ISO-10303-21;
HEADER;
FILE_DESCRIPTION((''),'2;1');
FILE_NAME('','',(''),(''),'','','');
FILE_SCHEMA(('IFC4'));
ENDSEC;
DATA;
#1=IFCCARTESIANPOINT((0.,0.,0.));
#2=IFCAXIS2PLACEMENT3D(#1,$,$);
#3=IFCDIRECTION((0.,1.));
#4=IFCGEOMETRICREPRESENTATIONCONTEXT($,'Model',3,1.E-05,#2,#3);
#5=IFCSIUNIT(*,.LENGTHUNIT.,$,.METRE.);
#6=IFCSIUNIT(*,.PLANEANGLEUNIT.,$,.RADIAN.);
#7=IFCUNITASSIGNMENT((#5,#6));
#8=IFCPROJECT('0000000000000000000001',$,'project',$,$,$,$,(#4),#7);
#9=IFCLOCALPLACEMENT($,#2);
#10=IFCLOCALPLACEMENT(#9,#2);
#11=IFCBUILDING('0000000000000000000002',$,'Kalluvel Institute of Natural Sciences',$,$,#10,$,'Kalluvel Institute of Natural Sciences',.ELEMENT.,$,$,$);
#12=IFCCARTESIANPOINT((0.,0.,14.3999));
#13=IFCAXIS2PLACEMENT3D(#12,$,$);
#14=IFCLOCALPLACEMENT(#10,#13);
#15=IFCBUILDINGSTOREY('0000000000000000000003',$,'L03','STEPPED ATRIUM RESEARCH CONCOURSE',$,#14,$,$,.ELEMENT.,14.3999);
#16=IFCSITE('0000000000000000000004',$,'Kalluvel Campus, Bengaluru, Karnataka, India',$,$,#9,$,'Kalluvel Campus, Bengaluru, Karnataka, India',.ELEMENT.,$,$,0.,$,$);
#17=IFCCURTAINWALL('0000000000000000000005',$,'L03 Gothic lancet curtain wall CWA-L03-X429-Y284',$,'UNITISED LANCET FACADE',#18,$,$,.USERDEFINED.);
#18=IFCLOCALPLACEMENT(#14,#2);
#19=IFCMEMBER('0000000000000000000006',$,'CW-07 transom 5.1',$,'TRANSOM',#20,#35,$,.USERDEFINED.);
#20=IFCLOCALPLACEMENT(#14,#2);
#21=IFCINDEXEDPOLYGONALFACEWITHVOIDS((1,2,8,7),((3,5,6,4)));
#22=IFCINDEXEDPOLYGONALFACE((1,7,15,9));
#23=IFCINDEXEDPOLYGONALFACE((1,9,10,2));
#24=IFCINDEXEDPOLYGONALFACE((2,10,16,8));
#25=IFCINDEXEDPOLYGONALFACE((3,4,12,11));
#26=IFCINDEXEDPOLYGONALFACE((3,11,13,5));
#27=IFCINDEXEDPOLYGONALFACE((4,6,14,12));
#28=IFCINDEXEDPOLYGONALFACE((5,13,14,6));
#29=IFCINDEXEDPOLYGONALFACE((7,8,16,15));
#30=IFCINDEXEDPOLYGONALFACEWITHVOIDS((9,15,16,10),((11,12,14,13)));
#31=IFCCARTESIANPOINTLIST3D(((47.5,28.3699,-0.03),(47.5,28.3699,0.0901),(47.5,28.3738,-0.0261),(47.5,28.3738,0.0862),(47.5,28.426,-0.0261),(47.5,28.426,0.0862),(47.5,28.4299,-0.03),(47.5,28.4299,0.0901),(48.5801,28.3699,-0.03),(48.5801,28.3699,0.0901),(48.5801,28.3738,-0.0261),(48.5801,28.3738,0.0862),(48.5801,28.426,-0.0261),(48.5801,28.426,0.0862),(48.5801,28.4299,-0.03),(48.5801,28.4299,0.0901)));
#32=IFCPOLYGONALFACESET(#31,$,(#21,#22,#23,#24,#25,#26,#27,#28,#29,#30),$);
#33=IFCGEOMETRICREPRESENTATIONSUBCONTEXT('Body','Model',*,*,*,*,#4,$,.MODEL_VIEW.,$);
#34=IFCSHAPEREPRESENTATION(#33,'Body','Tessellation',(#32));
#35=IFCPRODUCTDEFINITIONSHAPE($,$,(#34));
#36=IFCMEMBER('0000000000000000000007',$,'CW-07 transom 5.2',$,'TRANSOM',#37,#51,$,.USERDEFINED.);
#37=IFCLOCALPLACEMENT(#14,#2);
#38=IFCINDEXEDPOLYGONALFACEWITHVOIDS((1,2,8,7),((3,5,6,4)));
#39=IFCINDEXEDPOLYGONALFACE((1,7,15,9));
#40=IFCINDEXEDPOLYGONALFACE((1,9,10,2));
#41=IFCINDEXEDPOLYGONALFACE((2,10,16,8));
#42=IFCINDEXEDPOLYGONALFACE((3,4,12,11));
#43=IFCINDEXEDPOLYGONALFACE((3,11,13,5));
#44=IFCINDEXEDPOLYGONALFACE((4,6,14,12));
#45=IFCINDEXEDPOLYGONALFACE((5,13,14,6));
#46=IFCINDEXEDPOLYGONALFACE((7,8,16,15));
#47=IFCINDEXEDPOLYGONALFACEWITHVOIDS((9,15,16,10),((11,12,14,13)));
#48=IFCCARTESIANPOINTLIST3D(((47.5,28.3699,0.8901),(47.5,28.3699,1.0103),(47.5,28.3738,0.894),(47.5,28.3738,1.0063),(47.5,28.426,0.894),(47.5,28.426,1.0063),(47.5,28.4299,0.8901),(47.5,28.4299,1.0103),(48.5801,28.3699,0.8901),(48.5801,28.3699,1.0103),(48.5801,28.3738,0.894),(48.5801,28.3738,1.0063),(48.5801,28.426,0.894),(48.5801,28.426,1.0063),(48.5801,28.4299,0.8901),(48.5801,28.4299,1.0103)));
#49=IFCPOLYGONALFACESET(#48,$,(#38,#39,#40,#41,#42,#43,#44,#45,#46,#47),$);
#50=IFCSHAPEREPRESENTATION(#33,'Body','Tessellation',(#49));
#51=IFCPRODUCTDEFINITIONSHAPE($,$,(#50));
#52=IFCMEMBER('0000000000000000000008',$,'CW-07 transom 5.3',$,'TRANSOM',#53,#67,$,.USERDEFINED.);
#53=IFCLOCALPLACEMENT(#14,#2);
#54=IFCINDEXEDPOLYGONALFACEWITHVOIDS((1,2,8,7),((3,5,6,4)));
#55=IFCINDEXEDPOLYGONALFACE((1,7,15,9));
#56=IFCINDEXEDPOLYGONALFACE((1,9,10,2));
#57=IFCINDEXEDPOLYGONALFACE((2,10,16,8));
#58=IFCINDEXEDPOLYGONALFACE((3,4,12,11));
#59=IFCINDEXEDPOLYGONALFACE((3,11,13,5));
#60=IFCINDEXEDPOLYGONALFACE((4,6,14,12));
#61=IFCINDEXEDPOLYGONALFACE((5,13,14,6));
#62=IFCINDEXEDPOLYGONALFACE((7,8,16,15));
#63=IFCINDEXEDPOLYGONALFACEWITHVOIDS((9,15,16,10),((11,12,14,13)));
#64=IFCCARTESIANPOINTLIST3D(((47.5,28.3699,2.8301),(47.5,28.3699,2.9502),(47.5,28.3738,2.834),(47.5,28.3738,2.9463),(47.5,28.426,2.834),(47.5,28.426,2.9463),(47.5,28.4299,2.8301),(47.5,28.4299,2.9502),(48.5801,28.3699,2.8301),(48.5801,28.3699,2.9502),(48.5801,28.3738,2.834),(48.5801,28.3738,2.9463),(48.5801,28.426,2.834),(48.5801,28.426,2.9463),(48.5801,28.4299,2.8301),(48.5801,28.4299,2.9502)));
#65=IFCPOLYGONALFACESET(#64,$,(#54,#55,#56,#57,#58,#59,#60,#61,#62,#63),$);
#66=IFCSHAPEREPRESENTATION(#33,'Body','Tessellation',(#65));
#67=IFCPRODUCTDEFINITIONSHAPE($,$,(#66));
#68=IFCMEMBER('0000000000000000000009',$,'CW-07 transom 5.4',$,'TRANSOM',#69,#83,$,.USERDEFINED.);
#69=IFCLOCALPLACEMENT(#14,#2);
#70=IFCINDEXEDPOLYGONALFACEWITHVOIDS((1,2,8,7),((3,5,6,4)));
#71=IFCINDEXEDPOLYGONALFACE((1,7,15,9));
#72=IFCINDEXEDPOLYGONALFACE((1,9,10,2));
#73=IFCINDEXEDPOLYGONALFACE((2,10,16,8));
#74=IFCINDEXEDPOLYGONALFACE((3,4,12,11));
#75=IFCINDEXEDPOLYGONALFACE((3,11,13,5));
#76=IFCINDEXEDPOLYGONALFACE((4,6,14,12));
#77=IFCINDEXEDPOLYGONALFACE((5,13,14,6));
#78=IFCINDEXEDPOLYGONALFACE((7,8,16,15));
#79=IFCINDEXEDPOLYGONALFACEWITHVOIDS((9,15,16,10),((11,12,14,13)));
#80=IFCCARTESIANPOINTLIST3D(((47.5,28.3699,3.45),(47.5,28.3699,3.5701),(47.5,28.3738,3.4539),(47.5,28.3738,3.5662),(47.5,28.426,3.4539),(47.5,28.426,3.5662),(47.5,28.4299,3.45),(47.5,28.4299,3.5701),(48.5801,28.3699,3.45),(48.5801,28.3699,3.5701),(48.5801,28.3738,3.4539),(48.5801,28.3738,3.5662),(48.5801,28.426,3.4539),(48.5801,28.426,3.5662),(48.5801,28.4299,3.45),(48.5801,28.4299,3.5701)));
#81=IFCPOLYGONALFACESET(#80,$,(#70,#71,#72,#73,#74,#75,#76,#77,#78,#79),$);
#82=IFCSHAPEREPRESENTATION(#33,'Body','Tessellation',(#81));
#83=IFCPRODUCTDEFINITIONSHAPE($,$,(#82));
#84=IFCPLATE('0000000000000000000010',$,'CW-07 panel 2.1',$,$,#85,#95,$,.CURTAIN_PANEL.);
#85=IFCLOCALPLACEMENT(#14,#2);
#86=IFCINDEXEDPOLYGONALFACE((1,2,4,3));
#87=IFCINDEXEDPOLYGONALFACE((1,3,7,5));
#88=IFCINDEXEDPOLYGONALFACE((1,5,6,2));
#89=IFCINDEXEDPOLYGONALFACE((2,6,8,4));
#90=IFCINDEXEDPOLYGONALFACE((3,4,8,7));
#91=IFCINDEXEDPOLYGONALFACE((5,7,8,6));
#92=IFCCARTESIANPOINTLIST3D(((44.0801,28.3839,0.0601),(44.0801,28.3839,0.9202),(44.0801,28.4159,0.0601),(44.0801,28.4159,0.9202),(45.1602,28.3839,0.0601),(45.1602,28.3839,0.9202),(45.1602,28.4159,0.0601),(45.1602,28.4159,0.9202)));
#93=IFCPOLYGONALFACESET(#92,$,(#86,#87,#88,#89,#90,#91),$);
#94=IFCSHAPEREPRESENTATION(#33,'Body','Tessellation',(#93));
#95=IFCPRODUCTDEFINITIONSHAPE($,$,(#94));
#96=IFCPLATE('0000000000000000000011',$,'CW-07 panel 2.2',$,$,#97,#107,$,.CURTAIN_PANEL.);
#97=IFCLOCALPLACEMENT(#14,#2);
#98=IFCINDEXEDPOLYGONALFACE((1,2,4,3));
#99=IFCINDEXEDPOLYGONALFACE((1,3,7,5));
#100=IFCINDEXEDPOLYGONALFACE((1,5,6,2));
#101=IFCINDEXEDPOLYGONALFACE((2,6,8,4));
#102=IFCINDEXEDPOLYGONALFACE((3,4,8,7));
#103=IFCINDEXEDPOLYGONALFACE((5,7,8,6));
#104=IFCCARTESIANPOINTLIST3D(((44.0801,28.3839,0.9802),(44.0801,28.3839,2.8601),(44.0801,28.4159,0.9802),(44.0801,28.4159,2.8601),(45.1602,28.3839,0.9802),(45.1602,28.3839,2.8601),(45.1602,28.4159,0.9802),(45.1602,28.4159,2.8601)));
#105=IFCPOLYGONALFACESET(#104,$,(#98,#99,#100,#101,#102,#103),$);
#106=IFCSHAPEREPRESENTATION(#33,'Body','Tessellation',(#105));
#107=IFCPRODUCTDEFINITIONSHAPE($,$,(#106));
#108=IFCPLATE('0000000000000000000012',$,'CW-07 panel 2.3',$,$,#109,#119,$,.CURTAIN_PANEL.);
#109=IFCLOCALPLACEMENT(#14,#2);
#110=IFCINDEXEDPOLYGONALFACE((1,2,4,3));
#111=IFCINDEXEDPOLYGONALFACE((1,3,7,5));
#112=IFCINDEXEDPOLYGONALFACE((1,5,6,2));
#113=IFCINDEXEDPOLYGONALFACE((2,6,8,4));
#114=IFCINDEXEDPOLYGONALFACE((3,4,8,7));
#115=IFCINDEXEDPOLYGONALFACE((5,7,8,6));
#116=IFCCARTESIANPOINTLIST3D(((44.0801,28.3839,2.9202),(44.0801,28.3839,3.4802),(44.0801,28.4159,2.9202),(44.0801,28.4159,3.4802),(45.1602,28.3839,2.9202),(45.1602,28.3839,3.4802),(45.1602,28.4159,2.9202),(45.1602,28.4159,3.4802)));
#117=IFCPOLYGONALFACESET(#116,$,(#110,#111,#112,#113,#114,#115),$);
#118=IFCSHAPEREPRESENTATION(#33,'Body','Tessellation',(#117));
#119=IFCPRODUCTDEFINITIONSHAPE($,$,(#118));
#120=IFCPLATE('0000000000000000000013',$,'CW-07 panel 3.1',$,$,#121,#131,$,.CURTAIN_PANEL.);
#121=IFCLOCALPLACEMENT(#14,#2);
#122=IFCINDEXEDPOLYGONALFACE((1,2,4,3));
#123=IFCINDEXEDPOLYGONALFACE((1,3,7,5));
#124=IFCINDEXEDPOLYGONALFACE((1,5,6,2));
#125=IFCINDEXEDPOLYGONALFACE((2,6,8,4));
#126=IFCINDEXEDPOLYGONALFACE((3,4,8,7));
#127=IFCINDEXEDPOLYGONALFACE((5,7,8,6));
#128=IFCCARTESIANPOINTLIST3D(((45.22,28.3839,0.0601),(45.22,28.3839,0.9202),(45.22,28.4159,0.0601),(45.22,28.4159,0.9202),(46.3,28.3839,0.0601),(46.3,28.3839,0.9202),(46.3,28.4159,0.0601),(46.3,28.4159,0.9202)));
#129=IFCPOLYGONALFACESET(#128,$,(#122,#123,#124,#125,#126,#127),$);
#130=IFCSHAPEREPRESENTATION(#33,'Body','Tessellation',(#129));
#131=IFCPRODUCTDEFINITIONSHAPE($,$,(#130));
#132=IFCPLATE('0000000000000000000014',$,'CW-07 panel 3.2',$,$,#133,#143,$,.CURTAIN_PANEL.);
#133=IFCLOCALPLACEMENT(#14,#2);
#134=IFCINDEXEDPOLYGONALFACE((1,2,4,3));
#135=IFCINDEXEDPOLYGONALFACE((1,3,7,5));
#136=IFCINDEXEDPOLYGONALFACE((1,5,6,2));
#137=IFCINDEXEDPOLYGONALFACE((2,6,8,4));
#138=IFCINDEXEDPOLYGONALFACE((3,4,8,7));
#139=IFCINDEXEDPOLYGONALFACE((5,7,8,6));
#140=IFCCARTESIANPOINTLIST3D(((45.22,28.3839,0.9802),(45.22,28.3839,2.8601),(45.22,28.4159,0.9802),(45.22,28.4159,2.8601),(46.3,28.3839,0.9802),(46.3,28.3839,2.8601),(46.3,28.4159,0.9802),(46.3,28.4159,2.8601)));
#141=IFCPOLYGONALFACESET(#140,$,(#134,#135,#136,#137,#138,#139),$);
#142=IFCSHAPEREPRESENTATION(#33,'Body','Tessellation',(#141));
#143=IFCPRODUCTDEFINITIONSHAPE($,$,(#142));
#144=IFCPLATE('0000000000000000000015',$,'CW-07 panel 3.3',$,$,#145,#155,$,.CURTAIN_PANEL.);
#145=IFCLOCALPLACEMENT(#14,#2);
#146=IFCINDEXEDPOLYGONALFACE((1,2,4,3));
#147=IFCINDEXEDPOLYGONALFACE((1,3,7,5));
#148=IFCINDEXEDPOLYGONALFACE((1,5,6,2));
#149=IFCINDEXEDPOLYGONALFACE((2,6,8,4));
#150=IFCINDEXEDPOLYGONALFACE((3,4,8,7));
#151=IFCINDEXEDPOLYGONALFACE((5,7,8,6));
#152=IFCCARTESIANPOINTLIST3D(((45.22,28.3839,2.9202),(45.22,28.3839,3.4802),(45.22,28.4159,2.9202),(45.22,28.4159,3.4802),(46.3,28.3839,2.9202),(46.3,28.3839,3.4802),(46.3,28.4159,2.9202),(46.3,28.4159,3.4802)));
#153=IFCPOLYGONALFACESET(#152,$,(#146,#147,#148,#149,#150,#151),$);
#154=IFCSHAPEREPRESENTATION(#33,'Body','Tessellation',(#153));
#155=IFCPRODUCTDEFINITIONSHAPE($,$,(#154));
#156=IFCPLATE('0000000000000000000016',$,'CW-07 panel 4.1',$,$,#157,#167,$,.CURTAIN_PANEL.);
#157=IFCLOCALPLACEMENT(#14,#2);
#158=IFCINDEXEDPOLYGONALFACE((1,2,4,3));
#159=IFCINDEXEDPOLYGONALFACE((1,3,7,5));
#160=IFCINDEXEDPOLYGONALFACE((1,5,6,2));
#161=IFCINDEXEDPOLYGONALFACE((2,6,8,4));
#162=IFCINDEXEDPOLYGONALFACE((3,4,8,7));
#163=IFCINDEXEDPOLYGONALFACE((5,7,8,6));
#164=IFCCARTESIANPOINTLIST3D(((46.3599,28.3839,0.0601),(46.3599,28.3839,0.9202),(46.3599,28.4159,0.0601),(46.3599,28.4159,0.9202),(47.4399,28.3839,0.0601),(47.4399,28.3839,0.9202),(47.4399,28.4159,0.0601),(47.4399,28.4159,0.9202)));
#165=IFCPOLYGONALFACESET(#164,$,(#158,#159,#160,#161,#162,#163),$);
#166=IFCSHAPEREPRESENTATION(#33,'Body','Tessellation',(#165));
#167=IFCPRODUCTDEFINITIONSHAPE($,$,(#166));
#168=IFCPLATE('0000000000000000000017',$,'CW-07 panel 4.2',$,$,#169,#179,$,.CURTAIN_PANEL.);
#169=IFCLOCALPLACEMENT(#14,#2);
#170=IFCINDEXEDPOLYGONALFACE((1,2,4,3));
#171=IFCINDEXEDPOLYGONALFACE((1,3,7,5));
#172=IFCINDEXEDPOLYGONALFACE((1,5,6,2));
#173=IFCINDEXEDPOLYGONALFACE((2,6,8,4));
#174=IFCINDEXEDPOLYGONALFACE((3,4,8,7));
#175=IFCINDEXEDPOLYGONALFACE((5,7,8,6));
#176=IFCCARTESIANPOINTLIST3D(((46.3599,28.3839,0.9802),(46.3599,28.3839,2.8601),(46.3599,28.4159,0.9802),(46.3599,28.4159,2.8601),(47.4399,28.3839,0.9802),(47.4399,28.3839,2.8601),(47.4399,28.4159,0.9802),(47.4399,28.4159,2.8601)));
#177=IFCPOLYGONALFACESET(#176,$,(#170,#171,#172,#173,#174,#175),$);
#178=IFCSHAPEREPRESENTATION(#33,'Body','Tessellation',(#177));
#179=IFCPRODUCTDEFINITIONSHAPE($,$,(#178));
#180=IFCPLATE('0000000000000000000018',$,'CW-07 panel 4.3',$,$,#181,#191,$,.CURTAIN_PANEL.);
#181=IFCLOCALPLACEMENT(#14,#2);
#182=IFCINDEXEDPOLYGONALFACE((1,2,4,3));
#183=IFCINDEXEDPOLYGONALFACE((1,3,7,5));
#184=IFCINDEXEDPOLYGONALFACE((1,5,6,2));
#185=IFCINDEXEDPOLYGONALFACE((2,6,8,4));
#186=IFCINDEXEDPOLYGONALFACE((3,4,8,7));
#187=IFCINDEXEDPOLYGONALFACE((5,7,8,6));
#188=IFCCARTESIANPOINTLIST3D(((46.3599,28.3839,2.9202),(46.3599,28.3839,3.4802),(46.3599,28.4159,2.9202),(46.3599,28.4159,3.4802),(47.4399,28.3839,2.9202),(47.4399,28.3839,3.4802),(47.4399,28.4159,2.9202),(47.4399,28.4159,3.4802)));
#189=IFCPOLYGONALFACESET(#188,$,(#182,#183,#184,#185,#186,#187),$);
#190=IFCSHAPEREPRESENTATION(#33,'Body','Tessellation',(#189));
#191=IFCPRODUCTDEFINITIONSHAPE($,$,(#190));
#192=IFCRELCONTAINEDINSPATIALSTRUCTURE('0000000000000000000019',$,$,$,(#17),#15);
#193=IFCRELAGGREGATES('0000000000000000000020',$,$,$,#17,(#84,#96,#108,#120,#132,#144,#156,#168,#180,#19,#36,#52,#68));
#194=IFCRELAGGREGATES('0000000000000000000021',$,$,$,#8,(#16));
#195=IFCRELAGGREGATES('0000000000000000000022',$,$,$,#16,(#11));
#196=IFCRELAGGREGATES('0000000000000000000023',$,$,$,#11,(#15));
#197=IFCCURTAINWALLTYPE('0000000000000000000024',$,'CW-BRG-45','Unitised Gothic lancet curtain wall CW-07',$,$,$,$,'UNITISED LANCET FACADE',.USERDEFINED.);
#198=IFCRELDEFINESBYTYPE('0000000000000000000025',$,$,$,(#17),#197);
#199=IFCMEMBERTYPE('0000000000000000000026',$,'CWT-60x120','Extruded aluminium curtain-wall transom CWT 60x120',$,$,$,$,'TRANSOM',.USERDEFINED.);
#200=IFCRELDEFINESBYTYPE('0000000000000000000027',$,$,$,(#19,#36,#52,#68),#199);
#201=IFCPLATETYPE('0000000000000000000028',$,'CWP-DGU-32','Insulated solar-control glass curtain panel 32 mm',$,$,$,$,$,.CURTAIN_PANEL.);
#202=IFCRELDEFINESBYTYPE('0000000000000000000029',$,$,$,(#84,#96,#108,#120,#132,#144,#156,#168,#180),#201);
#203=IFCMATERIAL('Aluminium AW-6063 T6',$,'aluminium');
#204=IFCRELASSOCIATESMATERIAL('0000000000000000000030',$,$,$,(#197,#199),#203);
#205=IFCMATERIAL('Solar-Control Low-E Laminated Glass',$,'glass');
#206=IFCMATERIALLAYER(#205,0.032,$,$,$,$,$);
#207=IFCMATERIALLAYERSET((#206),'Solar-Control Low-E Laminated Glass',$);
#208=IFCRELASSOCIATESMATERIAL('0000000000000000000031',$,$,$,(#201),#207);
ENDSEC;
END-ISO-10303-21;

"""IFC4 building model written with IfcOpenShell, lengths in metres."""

from ifc_helpers import new_model, si_unit, direction, frame, origin, origin_2d, place, context, subcontext, project, spatial, rectangle, hollow_rectangle, extrude, material, layer, layer_set, material_profile, profile_set, type_object, element, aggregate, save


model = new_model("IFC4")

# Units and contexts
model_context = context("Model", 3, precision=1e-05, world=origin(), true_north=direction((0.0, 1.0)))
body_context = subcontext(model_context, "Body", "Model", "MODEL_VIEW")
ifc_project = project(units=[si_unit("LENGTHUNIT", "METRE"), si_unit("PLANEANGLEUNIT", "RADIAN")], contexts=[model_context])

# Site, building, storey
site_placement = place(None, origin())
site = spatial("IfcSite", under=ifc_project, at=site_placement, Name="Kalluvel Campus, Bengaluru, Karnataka, India", LongName="Kalluvel Campus, Bengaluru, Karnataka, India", CompositionType="ELEMENT", RefElevation=0.0)
building_placement = place(site_placement, origin())
building = spatial("IfcBuilding", under=site, at=building_placement, Name="Kalluvel Institute of Natural Sciences", LongName="Kalluvel Institute of Natural Sciences", CompositionType="ELEMENT")
storey_placement = place(building_placement, frame((0.0, 0.0, 14.3999)))
storey = spatial("IfcBuildingStorey", under=building, at=storey_placement, Name="L03", Description="STEPPED ATRIUM RESEARCH CONCOURSE", CompositionType="ELEMENT", Elevation=14.3999)

# Curtain wall, members, plates
ifc_material_1 = material(Name="Aluminium AW-6063 T6", Category="aluminium")
curtain_wall_type = type_object("IfcCurtainWallType", Name="CW-BRG-45", Description="Unitised Gothic lancet curtain wall CW-07", ElementType="UNITISED LANCET FACADE", PredefinedType="USERDEFINED", material=ifc_material_1)
curtain_wall_placement = place(storey_placement, origin())
curtain_wall = element("IfcCurtainWall", 1, at=curtain_wall_placement, inside=storey, type_object=curtain_wall_type, Name="L03 Gothic lancet curtain wall CWA-L03-X429-Y284", ObjectType="UNITISED LANCET FACADE", PredefinedType="USERDEFINED")
ifc_material_profile_1 = material_profile(ifc_material_1, hollow_rectangle(XDim=0.0601, YDim=0.1201, WallThickness=0.0039, at=origin_2d()), Name="CWT 60x120")
ifc_profile_set_1 = profile_set([ifc_material_profile_1], Name="Aluminium AW-6063 T6")
member_type_1 = type_object("IfcMemberType", Name="CWT-60x120", Description="Extruded aluminium curtain-wall transom CWT 60x120", ElementType="TRANSOM", PredefinedType="USERDEFINED", material=ifc_profile_set_1)
member_1_placement = place(storey_placement, frame((47.5, 28.3999, 0.03), z_axis=(1.0, 0.0, 0.0), x_axis=(0.0, 1.0, 0.0)))
member_1 = element("IfcMember", 2, at=member_1_placement, type_object=member_type_1, Name="CW-07 transom 5.1", ObjectType="TRANSOM", PredefinedType="USERDEFINED", context=body_context, shape_type="SweptSolid", body=[
    extrude(hollow_rectangle(XDim=0.0601, YDim=0.1201, WallThickness=0.0039, at=origin_2d()), origin(), (0.0, 0.0, 1.0), 1.0801),
])
member_2_placement = place(storey_placement, frame((47.5, 28.3999, 0.9502), z_axis=(1.0, 0.0, 0.0), x_axis=(0.0, 1.0, 0.0)))
member_2 = element("IfcMember", 3, at=member_2_placement, type_object=member_type_1, Name="CW-07 transom 5.2", ObjectType="TRANSOM", PredefinedType="USERDEFINED", context=body_context, shape_type="SweptSolid", body=[
    extrude(hollow_rectangle(XDim=0.0601, YDim=0.1201, WallThickness=0.0039, at=origin_2d()), origin(), (0.0, 0.0, 1.0), 1.0801),
])
member_3_placement = place(storey_placement, frame((47.5, 28.3999, 2.8901), z_axis=(1.0, 0.0, 0.0), x_axis=(0.0, 1.0, 0.0)))
member_3 = element("IfcMember", 4, at=member_3_placement, type_object=member_type_1, Name="CW-07 transom 5.3", ObjectType="TRANSOM", PredefinedType="USERDEFINED", context=body_context, shape_type="SweptSolid", body=[
    extrude(hollow_rectangle(XDim=0.0601, YDim=0.1201, WallThickness=0.0039, at=origin_2d()), origin(), (0.0, 0.0, 1.0), 1.0801),
])
member_4_placement = place(storey_placement, frame((47.5, 28.3999, 3.51), z_axis=(1.0, 0.0, 0.0), x_axis=(0.0, 1.0, 0.0)))
member_4 = element("IfcMember", 5, at=member_4_placement, type_object=member_type_1, Name="CW-07 transom 5.4", ObjectType="TRANSOM", PredefinedType="USERDEFINED", context=body_context, shape_type="SweptSolid", body=[
    extrude(hollow_rectangle(XDim=0.0601, YDim=0.1201, WallThickness=0.0039, at=origin_2d()), origin(), (0.0, 0.0, 1.0), 1.0801),
])
ifc_material_2 = material(Name="Solar-Control Low-E Laminated Glass", Category="glass")
ifc_layer = layer(ifc_material_2, 0.032)
ifc_layer_set = layer_set([ifc_layer], Name="Solar-Control Low-E Laminated Glass")
plate_type = type_object("IfcPlateType", Name="CWP-DGU-32", Description="Insulated solar-control glass curtain panel 32 mm", PredefinedType="CURTAIN_PANEL", material=ifc_layer_set)
plate_1_placement = place(storey_placement, frame((44.6201, 28.3999, 0.0601), z_axis=(0.0, 0.0, 1.0), x_axis=(1.0, 0.0, 0.0)))
plate_1 = element("IfcPlate", 6, at=plate_1_placement, type_object=plate_type, Name="CW-07 panel 2.1", PredefinedType="CURTAIN_PANEL", context=body_context, shape_type="SweptSolid", body=[
    extrude(rectangle(XDim=1.0801, YDim=0.032, at=origin_2d()), origin(), (0.0, 0.0, 1.0), 0.8601),
])
plate_2_placement = place(storey_placement, frame((44.6201, 28.3999, 0.9802), z_axis=(0.0, 0.0, 1.0), x_axis=(1.0, 0.0, 0.0)))
plate_2 = element("IfcPlate", 7, at=plate_2_placement, type_object=plate_type, Name="CW-07 panel 2.2", PredefinedType="CURTAIN_PANEL", context=body_context, shape_type="SweptSolid", body=[
    extrude(rectangle(XDim=1.0801, YDim=0.032, at=origin_2d()), origin(), (0.0, 0.0, 1.0), 1.8799),
])
plate_3_placement = place(storey_placement, frame((44.6201, 28.3999, 2.9202), z_axis=(0.0, 0.0, 1.0), x_axis=(1.0, 0.0, 0.0)))
plate_3 = element("IfcPlate", 8, at=plate_3_placement, type_object=plate_type, Name="CW-07 panel 2.3", PredefinedType="CURTAIN_PANEL", context=body_context, shape_type="SweptSolid", body=[
    extrude(rectangle(XDim=1.0801, YDim=0.032, at=origin_2d()), origin(), (0.0, 0.0, 1.0), 0.5601),
])
plate_4_placement = place(storey_placement, frame((45.76, 28.3999, 0.0601), z_axis=(0.0, 0.0, 1.0), x_axis=(1.0, 0.0, 0.0)))
plate_4 = element("IfcPlate", 9, at=plate_4_placement, type_object=plate_type, Name="CW-07 panel 3.1", PredefinedType="CURTAIN_PANEL", context=body_context, shape_type="SweptSolid", body=[
    extrude(rectangle(XDim=1.0801, YDim=0.032, at=origin_2d()), origin(), (0.0, 0.0, 1.0), 0.8601),
])
plate_5_placement = place(storey_placement, frame((45.76, 28.3999, 0.9802), z_axis=(0.0, 0.0, 1.0), x_axis=(1.0, 0.0, 0.0)))
plate_5 = element("IfcPlate", 10, at=plate_5_placement, type_object=plate_type, Name="CW-07 panel 3.2", PredefinedType="CURTAIN_PANEL", context=body_context, shape_type="SweptSolid", body=[
    extrude(rectangle(XDim=1.0801, YDim=0.032, at=origin_2d()), origin(), (0.0, 0.0, 1.0), 1.8799),
])
plate_6_placement = place(storey_placement, frame((45.76, 28.3999, 2.9202), z_axis=(0.0, 0.0, 1.0), x_axis=(1.0, 0.0, 0.0)))
plate_6 = element("IfcPlate", 11, at=plate_6_placement, type_object=plate_type, Name="CW-07 panel 3.3", PredefinedType="CURTAIN_PANEL", context=body_context, shape_type="SweptSolid", body=[
    extrude(rectangle(XDim=1.0801, YDim=0.032, at=origin_2d()), origin(), (0.0, 0.0, 1.0), 0.5601),
])
plate_7_placement = place(storey_placement, frame((46.8999, 28.3999, 0.0601), z_axis=(0.0, 0.0, 1.0), x_axis=(1.0, 0.0, 0.0)))
plate_7 = element("IfcPlate", 12, at=plate_7_placement, type_object=plate_type, Name="CW-07 panel 4.1", PredefinedType="CURTAIN_PANEL", context=body_context, shape_type="SweptSolid", body=[
    extrude(rectangle(XDim=1.0801, YDim=0.032, at=origin_2d()), origin(), (0.0, 0.0, 1.0), 0.8601),
])
plate_8_placement = place(storey_placement, frame((46.8999, 28.3999, 0.9802), z_axis=(0.0, 0.0, 1.0), x_axis=(1.0, 0.0, 0.0)))
plate_8 = element("IfcPlate", 13, at=plate_8_placement, type_object=plate_type, Name="CW-07 panel 4.2", PredefinedType="CURTAIN_PANEL", context=body_context, shape_type="SweptSolid", body=[
    extrude(rectangle(XDim=1.0801, YDim=0.032, at=origin_2d()), origin(), (0.0, 0.0, 1.0), 1.8799),
])
plate_9_placement = place(storey_placement, frame((46.8999, 28.3999, 2.9202), z_axis=(0.0, 0.0, 1.0), x_axis=(1.0, 0.0, 0.0)))
plate_9 = element("IfcPlate", 14, at=plate_9_placement, type_object=plate_type, Name="CW-07 panel 4.3", PredefinedType="CURTAIN_PANEL", context=body_context, shape_type="SweptSolid", body=[
    extrude(rectangle(XDim=1.0801, YDim=0.032, at=origin_2d()), origin(), (0.0, 0.0, 1.0), 0.5601),
])
aggregate(curtain_wall, [plate_1, plate_2, plate_3, plate_4, plate_5, plate_6, plate_7, plate_8, plate_9, member_1, member_2, member_3, member_4])

save(model, "model.ifc")
